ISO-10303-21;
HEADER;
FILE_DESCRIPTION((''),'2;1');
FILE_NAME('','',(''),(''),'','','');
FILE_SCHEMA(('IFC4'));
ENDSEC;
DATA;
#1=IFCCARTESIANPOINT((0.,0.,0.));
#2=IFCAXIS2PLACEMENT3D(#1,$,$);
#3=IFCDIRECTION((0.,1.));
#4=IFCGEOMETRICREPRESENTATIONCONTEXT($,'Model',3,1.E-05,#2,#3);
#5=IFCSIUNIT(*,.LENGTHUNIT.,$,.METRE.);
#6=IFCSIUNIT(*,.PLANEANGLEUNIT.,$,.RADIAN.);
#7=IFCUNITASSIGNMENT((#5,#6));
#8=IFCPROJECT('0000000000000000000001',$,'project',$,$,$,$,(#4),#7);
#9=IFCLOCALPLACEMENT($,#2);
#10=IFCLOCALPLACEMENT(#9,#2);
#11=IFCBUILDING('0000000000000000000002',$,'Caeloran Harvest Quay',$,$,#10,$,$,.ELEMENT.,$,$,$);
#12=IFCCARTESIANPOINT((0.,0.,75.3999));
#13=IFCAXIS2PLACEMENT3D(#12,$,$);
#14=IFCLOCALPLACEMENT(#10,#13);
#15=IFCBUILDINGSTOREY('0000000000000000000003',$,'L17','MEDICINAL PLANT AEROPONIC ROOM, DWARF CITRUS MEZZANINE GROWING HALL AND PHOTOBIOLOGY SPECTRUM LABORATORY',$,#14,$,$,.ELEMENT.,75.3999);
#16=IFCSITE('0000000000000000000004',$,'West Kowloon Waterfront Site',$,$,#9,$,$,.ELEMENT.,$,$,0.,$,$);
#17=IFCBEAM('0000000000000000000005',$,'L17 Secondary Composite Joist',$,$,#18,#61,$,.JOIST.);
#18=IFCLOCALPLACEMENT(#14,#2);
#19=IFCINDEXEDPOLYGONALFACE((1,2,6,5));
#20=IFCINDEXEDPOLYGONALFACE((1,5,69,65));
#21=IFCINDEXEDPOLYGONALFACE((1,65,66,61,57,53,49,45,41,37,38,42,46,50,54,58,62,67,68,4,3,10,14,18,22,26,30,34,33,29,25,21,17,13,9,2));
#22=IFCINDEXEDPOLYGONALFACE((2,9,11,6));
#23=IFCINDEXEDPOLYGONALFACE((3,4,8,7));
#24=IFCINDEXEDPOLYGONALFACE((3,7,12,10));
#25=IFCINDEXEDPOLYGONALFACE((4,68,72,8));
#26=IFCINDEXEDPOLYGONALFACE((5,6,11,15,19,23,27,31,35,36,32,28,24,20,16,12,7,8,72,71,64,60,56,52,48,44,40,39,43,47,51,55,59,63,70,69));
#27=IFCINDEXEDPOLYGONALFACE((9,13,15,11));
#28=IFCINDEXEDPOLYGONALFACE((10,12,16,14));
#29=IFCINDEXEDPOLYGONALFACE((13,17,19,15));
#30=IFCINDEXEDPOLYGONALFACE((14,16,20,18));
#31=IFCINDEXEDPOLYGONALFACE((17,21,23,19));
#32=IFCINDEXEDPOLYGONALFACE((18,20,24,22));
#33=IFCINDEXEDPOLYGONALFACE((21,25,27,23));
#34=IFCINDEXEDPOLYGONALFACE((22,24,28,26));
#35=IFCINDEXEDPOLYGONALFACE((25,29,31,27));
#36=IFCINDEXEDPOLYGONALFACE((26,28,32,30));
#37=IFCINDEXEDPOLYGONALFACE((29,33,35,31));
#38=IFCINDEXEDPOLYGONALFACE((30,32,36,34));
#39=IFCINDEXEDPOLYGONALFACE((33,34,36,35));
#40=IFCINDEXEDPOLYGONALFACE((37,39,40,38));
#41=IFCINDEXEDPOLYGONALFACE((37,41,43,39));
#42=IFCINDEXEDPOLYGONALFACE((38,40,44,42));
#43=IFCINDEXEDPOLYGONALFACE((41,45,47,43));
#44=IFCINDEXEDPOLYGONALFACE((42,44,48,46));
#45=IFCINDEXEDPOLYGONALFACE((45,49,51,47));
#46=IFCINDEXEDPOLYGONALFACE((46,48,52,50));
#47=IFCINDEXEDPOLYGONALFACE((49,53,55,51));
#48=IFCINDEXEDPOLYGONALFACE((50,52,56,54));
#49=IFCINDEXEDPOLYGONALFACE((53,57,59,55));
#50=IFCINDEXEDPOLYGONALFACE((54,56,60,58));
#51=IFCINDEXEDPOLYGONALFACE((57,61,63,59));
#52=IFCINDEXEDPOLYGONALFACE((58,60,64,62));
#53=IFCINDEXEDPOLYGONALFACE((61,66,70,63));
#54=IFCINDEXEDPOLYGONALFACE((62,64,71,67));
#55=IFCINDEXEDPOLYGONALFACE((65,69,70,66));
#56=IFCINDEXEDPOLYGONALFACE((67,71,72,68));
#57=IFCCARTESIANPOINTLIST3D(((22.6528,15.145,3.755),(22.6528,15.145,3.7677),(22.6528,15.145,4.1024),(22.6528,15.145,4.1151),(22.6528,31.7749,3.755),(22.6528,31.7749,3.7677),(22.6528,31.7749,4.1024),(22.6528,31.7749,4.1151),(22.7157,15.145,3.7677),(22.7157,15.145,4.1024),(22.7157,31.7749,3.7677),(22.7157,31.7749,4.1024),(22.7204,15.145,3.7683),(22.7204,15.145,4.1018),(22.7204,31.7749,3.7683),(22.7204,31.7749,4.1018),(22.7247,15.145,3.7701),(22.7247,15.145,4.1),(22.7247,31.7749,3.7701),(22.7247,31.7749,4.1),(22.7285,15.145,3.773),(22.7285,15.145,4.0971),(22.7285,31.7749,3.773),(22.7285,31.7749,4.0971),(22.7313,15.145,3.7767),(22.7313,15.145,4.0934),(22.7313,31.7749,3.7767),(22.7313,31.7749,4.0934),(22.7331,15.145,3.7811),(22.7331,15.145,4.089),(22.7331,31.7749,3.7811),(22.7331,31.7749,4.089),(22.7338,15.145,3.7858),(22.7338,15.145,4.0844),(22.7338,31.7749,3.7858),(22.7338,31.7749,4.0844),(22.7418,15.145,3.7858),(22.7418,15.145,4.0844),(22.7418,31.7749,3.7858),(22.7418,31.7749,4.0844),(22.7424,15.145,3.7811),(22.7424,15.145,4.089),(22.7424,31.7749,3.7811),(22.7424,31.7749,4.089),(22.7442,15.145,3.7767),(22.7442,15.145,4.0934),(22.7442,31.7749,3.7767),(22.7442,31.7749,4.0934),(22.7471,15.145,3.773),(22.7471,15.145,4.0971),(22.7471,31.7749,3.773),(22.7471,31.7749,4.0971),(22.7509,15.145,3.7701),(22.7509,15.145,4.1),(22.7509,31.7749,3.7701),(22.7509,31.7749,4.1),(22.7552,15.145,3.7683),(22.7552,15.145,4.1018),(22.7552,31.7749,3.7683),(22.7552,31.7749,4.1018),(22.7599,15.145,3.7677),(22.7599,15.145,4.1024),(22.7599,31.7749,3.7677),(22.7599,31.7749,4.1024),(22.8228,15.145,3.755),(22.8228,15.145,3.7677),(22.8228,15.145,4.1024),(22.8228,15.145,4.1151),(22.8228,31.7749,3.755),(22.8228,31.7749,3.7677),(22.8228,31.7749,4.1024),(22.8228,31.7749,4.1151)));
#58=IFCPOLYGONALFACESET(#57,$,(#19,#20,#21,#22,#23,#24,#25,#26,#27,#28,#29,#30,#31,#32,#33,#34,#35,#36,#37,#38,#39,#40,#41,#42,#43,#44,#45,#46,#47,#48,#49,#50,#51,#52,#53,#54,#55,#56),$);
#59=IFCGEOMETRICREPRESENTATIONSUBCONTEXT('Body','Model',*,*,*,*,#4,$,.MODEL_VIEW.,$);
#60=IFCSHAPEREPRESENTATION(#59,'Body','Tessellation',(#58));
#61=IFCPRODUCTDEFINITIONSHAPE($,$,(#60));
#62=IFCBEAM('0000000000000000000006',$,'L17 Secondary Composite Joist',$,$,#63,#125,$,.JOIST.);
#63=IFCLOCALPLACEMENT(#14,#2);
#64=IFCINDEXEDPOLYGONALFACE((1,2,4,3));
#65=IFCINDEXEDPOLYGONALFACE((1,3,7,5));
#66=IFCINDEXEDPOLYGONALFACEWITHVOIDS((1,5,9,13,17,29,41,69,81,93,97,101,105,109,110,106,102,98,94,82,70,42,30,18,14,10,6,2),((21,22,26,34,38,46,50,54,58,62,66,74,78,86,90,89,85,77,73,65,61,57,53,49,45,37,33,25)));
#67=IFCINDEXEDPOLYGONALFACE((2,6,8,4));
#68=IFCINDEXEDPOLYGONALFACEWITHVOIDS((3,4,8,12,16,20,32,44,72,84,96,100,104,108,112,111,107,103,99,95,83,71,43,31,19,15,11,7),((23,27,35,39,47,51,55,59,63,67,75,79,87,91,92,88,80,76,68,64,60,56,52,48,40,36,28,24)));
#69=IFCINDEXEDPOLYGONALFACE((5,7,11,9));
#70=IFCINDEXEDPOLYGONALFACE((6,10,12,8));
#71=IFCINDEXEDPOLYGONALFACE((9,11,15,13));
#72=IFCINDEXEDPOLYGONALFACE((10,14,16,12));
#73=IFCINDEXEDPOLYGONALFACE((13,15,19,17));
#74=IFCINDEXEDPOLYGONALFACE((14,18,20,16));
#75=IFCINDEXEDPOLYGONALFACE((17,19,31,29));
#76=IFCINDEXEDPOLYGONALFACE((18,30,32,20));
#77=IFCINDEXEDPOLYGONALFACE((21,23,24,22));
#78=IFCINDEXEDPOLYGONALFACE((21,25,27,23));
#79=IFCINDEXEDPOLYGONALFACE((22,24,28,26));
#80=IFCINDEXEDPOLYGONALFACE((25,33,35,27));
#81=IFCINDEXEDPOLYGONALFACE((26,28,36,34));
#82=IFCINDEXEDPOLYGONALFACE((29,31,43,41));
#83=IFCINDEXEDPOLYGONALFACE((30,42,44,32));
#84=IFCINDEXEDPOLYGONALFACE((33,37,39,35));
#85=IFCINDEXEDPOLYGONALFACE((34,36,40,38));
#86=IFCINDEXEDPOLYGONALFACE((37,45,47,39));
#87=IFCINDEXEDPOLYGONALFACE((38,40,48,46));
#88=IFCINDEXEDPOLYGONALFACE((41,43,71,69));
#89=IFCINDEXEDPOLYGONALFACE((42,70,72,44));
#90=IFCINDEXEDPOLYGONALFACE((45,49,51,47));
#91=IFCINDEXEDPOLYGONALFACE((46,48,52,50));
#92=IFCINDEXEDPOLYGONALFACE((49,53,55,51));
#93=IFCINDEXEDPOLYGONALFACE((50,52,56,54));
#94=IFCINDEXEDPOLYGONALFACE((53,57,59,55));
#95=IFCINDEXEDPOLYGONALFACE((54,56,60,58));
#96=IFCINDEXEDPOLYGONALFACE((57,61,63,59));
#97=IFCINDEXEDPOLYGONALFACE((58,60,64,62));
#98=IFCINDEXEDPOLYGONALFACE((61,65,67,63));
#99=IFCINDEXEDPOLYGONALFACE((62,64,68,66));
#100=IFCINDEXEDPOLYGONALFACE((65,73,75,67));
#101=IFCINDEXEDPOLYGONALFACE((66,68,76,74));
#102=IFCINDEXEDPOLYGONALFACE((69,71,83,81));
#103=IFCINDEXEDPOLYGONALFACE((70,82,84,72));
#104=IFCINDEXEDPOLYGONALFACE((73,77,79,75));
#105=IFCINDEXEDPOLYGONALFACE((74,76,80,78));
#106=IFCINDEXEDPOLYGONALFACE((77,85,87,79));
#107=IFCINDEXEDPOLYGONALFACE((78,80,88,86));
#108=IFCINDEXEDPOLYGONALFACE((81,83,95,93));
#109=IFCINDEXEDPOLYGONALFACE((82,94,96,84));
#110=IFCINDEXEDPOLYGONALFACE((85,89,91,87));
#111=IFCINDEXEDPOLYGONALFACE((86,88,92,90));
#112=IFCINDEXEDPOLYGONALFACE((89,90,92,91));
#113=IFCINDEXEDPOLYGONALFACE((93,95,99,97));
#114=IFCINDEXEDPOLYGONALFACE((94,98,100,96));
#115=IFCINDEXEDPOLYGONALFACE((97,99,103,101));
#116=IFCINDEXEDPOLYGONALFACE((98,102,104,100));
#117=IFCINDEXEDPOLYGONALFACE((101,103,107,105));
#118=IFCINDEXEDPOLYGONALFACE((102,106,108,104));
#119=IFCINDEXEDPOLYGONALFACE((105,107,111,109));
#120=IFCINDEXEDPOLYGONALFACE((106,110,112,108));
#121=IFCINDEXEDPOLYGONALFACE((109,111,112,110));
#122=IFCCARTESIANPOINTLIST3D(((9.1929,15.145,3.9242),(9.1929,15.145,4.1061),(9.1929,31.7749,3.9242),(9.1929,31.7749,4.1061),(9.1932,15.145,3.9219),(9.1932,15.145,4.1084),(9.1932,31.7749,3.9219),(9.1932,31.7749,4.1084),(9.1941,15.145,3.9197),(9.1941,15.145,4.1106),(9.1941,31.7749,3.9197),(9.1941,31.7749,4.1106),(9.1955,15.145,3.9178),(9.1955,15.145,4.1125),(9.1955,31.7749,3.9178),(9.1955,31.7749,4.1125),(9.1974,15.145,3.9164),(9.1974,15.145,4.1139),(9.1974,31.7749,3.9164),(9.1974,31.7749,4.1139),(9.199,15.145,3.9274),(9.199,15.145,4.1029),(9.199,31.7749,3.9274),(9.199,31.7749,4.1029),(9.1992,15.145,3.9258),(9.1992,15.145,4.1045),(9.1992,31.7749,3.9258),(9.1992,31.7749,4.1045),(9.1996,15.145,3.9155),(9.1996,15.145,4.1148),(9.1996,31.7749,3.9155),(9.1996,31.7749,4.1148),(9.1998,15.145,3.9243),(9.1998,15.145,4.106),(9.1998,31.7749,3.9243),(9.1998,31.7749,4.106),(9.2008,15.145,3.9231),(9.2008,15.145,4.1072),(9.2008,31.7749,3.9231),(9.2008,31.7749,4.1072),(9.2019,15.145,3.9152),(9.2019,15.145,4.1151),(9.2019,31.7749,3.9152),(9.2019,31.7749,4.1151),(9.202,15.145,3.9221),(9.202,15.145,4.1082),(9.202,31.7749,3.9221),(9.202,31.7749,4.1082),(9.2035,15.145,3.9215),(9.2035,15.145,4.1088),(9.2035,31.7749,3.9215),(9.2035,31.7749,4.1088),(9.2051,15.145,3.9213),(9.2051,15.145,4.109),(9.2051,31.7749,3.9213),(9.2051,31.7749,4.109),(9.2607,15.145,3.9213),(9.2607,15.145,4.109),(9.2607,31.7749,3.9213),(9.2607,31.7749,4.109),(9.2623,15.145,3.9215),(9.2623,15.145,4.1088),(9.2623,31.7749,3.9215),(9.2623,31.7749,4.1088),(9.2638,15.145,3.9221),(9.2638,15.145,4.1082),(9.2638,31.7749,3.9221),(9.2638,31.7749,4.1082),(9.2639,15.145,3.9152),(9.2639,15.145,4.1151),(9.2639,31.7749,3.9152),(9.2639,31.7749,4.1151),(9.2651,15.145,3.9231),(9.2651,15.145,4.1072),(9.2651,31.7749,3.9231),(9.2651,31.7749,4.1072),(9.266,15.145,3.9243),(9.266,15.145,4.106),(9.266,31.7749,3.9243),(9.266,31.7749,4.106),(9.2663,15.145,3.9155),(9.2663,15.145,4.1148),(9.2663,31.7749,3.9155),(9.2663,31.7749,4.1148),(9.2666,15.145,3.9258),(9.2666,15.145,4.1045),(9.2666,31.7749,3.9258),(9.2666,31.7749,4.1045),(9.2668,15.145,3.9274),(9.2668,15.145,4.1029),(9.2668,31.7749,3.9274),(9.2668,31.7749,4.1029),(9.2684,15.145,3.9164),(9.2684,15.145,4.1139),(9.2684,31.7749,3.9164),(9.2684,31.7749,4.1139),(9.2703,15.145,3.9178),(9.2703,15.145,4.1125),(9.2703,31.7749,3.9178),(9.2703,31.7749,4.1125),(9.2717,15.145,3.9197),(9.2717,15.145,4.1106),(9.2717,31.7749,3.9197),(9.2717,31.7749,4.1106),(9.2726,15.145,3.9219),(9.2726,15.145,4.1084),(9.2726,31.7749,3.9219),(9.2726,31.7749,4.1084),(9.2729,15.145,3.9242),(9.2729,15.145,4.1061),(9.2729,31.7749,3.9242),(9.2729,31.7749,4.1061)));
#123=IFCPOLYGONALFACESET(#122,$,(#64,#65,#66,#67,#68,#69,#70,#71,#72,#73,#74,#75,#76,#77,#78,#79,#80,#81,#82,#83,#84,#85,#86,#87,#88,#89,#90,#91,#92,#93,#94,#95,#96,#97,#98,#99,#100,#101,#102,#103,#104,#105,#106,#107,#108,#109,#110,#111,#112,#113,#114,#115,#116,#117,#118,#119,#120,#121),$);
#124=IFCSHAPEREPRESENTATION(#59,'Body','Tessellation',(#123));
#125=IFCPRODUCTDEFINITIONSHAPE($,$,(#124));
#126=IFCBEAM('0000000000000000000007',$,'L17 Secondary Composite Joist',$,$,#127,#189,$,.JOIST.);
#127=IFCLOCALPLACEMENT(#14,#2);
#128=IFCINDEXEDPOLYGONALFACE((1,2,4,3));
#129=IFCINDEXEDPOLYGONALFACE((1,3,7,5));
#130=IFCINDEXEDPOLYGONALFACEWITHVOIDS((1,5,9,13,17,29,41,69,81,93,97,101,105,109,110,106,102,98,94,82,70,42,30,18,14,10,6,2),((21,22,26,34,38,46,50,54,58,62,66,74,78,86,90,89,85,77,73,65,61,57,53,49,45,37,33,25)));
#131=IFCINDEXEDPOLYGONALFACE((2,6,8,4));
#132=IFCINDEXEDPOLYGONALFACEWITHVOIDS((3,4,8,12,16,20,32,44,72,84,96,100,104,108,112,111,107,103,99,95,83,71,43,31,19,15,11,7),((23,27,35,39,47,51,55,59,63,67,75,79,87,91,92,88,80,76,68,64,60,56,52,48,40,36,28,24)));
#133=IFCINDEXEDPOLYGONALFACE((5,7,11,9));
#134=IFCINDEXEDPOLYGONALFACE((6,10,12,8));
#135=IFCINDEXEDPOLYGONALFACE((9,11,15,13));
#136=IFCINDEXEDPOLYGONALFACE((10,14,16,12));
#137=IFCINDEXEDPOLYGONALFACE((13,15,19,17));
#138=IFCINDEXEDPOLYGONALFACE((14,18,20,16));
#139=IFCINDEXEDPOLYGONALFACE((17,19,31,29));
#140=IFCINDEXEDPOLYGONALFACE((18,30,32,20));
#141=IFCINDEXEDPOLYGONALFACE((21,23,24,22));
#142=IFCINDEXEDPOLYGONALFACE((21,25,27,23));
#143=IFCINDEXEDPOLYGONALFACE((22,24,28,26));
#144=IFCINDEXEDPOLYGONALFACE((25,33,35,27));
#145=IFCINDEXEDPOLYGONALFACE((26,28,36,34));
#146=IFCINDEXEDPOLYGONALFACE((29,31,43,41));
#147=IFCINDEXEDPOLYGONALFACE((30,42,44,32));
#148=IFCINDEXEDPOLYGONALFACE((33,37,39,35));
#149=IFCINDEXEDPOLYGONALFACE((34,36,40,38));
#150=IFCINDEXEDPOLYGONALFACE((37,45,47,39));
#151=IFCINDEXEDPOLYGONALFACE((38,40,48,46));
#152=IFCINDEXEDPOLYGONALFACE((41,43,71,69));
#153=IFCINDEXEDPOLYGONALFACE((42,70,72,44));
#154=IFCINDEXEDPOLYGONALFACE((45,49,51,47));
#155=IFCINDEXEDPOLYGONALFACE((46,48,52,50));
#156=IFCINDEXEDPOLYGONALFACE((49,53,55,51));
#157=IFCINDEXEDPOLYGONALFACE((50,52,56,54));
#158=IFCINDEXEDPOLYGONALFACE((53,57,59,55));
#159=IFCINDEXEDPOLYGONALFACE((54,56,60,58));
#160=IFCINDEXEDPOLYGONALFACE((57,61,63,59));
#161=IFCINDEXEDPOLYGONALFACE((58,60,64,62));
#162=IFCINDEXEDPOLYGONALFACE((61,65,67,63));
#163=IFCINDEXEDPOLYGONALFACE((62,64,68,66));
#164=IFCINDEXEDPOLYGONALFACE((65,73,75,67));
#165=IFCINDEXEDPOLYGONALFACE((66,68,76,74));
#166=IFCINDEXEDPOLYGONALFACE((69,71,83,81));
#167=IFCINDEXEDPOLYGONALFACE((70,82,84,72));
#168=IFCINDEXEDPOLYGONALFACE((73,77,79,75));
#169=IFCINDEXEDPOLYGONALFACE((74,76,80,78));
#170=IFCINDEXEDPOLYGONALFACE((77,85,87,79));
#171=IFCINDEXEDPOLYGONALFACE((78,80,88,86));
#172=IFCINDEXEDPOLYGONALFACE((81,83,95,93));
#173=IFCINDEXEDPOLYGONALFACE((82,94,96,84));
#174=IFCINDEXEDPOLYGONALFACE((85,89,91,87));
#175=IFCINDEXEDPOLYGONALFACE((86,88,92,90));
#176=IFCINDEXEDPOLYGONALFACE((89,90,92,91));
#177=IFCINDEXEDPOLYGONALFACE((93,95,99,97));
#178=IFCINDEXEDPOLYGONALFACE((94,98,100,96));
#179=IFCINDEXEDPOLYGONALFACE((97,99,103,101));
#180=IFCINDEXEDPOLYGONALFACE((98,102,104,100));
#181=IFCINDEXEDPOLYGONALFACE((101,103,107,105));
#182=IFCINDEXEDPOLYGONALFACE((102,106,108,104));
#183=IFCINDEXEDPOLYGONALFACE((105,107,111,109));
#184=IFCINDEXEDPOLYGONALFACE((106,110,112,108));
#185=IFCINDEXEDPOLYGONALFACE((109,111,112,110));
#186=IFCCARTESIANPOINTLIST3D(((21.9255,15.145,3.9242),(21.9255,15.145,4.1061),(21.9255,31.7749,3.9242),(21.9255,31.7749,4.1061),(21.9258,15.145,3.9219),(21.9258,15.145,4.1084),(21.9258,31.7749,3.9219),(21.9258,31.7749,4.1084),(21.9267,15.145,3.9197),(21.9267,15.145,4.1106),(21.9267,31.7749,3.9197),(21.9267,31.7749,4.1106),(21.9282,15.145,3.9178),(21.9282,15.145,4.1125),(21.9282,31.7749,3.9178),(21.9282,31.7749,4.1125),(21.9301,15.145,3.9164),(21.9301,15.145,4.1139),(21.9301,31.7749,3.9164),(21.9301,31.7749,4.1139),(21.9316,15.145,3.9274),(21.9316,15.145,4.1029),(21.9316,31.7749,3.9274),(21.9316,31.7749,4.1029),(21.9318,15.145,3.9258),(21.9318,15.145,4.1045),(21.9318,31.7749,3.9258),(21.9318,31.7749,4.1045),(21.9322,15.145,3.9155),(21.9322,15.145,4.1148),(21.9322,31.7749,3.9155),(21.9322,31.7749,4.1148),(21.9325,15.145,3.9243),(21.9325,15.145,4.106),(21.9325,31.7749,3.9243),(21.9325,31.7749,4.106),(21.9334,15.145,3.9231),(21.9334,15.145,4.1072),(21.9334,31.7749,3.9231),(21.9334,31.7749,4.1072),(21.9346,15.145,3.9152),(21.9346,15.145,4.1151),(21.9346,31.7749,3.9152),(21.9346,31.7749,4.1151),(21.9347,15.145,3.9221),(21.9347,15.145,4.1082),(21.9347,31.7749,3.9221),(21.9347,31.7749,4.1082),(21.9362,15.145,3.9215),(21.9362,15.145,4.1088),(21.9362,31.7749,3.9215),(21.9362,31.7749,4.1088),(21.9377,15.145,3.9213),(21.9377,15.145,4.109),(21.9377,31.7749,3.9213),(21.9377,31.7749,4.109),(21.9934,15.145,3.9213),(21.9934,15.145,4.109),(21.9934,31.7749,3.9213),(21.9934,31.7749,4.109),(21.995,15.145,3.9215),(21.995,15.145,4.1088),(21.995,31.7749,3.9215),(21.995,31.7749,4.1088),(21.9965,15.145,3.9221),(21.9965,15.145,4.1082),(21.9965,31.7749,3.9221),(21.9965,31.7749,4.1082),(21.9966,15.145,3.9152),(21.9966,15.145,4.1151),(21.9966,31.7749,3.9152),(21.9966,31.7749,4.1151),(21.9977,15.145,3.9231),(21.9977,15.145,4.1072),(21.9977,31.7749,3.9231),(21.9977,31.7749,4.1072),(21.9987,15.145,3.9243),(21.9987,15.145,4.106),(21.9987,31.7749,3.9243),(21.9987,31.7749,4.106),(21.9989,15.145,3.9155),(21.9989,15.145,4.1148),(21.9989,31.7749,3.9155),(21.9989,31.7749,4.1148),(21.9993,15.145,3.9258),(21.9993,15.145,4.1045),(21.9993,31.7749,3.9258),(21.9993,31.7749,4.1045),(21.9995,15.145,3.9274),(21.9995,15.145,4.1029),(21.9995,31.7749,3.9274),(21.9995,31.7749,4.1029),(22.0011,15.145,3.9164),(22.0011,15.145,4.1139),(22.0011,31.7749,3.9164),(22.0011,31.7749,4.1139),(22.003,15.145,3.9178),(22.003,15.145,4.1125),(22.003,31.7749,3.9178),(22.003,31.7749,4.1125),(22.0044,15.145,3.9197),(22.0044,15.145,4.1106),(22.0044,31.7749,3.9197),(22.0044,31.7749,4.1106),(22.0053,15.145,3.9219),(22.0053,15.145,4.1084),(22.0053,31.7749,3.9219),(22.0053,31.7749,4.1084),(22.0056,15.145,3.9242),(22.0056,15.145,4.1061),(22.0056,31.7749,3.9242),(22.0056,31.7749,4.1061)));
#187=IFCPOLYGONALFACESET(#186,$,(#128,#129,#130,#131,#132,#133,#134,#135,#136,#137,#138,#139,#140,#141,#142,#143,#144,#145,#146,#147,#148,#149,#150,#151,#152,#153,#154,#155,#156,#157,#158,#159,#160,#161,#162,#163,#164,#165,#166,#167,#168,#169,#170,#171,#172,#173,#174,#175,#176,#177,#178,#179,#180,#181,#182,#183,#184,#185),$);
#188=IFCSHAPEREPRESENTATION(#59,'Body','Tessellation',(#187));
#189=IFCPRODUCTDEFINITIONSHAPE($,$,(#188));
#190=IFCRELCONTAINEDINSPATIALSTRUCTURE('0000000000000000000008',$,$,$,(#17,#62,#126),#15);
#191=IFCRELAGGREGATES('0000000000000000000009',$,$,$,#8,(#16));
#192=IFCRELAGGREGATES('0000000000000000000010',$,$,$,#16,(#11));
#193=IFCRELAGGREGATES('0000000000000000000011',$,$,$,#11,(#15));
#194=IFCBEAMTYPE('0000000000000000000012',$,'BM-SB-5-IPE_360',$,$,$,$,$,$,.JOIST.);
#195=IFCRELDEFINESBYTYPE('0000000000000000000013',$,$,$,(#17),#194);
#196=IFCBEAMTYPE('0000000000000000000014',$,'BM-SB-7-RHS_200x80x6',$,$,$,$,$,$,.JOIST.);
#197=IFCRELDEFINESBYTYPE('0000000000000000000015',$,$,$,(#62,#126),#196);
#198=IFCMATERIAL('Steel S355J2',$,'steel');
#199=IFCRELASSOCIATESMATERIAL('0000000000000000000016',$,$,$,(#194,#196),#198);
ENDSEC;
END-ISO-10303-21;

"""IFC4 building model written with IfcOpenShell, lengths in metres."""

from ifc_helpers import new_model, si_unit, direction, frame, origin, origin_2d, place, context, subcontext, project, spatial, hollow_rectangle, i_section, extrude, material, material_profile, profile_set, type_object, element, save


model = new_model("IFC4")

# Units and contexts
model_context = context("Model", 3, precision=1e-05, world=origin(), true_north=direction((0.0, 1.0)))
body_context = subcontext(model_context, "Body", "Model", "MODEL_VIEW")
ifc_project = project(units=[si_unit("LENGTHUNIT", "METRE"), si_unit("PLANEANGLEUNIT", "RADIAN")], contexts=[model_context])

# Site, building, storey
site_placement = place(None, origin())
site = spatial("IfcSite", under=ifc_project, at=site_placement, Name="West Kowloon Waterfront Site", CompositionType="ELEMENT", RefElevation=0.0)
building_placement = place(site_placement, origin())
building = spatial("IfcBuilding", under=site, at=building_placement, Name="Caeloran Harvest Quay", CompositionType="ELEMENT")
storey_placement = place(building_placement, frame((0.0, 0.0, 75.3999)))
storey = spatial("IfcBuildingStorey", under=building, at=storey_placement, Name="L17", Description="MEDICINAL PLANT AEROPONIC ROOM, DWARF CITRUS MEZZANINE GROWING HALL AND PHOTOBIOLOGY SPECTRUM LABORATORY", CompositionType="ELEMENT", Elevation=75.3999)

# Beams
ifc_material_1 = material(Name="Steel S355J2", Category="steel")
ifc_material_profile_1 = material_profile(ifc_material_1, i_section(OverallWidth=0.1699, OverallDepth=0.3601, WebThickness=0.0081, FlangeThickness=0.0127, FilletRadius=0.0181, at=origin_2d()), Name="IPE 360")
ifc_profile_set_1 = profile_set([ifc_material_profile_1], Name="Steel S355J2")
beam_type_1 = type_object("IfcBeamType", Name="BM-SB-5-IPE_360", PredefinedType="JOIST", material=ifc_profile_set_1)
for number, where, z_axis, x_axis, name in (
    (1, (22.7378, 15.145, 3.9351), (0.0, 1.0, 0.0), (-1.0, 0.0, 0.0), "L17 Secondary Composite Joist"),
):
    element("IfcBeam", number, at=place(storey_placement, frame(where, z_axis=z_axis, x_axis=x_axis)), inside=storey, type_object=beam_type_1, Name=name, PredefinedType="JOIST", context=body_context, shape_type="SweptSolid", body=[
        extrude(i_section(OverallWidth=0.1699, OverallDepth=0.3601, WebThickness=0.0081, FlangeThickness=0.0127, FilletRadius=0.0181, at=origin_2d()), origin(), (0.0, 0.0, 1.0), 16.6299),
    ])
ifc_material_profile_2 = material_profile(ifc_material_1, hollow_rectangle(XDim=0.0801, YDim=0.2, WallThickness=0.0061, InnerFilletRadius=0.0061, OuterFilletRadius=0.009, at=origin_2d()), Name="RHS 200x80x6")
ifc_profile_set_2 = profile_set([ifc_material_profile_2], Name="Steel S355J2")
beam_type_2 = type_object("IfcBeamType", Name="BM-SB-7-RHS_200x80x6", PredefinedType="JOIST", material=ifc_profile_set_2)
for number, where, z_axis, x_axis, name in (
    (2, (9.2329, 15.145, 4.0151), (0.0, 1.0, 0.0), (-1.0, 0.0, 0.0), "L17 Secondary Composite Joist"),
    (3, (21.9656, 15.145, 4.0151), (0.0, 1.0, 0.0), (-1.0, 0.0, 0.0), "L17 Secondary Composite Joist"),
):
    element("IfcBeam", number, at=place(storey_placement, frame(where, z_axis=z_axis, x_axis=x_axis)), inside=storey, type_object=beam_type_2, Name=name, PredefinedType="JOIST", context=body_context, shape_type="SweptSolid", body=[
        extrude(hollow_rectangle(XDim=0.0801, YDim=0.2, WallThickness=0.0061, InnerFilletRadius=0.0061, OuterFilletRadius=0.009, at=origin_2d()), origin(), (0.0, 0.0, 1.0), 16.6299),
    ])

save(model, "model.ifc")
